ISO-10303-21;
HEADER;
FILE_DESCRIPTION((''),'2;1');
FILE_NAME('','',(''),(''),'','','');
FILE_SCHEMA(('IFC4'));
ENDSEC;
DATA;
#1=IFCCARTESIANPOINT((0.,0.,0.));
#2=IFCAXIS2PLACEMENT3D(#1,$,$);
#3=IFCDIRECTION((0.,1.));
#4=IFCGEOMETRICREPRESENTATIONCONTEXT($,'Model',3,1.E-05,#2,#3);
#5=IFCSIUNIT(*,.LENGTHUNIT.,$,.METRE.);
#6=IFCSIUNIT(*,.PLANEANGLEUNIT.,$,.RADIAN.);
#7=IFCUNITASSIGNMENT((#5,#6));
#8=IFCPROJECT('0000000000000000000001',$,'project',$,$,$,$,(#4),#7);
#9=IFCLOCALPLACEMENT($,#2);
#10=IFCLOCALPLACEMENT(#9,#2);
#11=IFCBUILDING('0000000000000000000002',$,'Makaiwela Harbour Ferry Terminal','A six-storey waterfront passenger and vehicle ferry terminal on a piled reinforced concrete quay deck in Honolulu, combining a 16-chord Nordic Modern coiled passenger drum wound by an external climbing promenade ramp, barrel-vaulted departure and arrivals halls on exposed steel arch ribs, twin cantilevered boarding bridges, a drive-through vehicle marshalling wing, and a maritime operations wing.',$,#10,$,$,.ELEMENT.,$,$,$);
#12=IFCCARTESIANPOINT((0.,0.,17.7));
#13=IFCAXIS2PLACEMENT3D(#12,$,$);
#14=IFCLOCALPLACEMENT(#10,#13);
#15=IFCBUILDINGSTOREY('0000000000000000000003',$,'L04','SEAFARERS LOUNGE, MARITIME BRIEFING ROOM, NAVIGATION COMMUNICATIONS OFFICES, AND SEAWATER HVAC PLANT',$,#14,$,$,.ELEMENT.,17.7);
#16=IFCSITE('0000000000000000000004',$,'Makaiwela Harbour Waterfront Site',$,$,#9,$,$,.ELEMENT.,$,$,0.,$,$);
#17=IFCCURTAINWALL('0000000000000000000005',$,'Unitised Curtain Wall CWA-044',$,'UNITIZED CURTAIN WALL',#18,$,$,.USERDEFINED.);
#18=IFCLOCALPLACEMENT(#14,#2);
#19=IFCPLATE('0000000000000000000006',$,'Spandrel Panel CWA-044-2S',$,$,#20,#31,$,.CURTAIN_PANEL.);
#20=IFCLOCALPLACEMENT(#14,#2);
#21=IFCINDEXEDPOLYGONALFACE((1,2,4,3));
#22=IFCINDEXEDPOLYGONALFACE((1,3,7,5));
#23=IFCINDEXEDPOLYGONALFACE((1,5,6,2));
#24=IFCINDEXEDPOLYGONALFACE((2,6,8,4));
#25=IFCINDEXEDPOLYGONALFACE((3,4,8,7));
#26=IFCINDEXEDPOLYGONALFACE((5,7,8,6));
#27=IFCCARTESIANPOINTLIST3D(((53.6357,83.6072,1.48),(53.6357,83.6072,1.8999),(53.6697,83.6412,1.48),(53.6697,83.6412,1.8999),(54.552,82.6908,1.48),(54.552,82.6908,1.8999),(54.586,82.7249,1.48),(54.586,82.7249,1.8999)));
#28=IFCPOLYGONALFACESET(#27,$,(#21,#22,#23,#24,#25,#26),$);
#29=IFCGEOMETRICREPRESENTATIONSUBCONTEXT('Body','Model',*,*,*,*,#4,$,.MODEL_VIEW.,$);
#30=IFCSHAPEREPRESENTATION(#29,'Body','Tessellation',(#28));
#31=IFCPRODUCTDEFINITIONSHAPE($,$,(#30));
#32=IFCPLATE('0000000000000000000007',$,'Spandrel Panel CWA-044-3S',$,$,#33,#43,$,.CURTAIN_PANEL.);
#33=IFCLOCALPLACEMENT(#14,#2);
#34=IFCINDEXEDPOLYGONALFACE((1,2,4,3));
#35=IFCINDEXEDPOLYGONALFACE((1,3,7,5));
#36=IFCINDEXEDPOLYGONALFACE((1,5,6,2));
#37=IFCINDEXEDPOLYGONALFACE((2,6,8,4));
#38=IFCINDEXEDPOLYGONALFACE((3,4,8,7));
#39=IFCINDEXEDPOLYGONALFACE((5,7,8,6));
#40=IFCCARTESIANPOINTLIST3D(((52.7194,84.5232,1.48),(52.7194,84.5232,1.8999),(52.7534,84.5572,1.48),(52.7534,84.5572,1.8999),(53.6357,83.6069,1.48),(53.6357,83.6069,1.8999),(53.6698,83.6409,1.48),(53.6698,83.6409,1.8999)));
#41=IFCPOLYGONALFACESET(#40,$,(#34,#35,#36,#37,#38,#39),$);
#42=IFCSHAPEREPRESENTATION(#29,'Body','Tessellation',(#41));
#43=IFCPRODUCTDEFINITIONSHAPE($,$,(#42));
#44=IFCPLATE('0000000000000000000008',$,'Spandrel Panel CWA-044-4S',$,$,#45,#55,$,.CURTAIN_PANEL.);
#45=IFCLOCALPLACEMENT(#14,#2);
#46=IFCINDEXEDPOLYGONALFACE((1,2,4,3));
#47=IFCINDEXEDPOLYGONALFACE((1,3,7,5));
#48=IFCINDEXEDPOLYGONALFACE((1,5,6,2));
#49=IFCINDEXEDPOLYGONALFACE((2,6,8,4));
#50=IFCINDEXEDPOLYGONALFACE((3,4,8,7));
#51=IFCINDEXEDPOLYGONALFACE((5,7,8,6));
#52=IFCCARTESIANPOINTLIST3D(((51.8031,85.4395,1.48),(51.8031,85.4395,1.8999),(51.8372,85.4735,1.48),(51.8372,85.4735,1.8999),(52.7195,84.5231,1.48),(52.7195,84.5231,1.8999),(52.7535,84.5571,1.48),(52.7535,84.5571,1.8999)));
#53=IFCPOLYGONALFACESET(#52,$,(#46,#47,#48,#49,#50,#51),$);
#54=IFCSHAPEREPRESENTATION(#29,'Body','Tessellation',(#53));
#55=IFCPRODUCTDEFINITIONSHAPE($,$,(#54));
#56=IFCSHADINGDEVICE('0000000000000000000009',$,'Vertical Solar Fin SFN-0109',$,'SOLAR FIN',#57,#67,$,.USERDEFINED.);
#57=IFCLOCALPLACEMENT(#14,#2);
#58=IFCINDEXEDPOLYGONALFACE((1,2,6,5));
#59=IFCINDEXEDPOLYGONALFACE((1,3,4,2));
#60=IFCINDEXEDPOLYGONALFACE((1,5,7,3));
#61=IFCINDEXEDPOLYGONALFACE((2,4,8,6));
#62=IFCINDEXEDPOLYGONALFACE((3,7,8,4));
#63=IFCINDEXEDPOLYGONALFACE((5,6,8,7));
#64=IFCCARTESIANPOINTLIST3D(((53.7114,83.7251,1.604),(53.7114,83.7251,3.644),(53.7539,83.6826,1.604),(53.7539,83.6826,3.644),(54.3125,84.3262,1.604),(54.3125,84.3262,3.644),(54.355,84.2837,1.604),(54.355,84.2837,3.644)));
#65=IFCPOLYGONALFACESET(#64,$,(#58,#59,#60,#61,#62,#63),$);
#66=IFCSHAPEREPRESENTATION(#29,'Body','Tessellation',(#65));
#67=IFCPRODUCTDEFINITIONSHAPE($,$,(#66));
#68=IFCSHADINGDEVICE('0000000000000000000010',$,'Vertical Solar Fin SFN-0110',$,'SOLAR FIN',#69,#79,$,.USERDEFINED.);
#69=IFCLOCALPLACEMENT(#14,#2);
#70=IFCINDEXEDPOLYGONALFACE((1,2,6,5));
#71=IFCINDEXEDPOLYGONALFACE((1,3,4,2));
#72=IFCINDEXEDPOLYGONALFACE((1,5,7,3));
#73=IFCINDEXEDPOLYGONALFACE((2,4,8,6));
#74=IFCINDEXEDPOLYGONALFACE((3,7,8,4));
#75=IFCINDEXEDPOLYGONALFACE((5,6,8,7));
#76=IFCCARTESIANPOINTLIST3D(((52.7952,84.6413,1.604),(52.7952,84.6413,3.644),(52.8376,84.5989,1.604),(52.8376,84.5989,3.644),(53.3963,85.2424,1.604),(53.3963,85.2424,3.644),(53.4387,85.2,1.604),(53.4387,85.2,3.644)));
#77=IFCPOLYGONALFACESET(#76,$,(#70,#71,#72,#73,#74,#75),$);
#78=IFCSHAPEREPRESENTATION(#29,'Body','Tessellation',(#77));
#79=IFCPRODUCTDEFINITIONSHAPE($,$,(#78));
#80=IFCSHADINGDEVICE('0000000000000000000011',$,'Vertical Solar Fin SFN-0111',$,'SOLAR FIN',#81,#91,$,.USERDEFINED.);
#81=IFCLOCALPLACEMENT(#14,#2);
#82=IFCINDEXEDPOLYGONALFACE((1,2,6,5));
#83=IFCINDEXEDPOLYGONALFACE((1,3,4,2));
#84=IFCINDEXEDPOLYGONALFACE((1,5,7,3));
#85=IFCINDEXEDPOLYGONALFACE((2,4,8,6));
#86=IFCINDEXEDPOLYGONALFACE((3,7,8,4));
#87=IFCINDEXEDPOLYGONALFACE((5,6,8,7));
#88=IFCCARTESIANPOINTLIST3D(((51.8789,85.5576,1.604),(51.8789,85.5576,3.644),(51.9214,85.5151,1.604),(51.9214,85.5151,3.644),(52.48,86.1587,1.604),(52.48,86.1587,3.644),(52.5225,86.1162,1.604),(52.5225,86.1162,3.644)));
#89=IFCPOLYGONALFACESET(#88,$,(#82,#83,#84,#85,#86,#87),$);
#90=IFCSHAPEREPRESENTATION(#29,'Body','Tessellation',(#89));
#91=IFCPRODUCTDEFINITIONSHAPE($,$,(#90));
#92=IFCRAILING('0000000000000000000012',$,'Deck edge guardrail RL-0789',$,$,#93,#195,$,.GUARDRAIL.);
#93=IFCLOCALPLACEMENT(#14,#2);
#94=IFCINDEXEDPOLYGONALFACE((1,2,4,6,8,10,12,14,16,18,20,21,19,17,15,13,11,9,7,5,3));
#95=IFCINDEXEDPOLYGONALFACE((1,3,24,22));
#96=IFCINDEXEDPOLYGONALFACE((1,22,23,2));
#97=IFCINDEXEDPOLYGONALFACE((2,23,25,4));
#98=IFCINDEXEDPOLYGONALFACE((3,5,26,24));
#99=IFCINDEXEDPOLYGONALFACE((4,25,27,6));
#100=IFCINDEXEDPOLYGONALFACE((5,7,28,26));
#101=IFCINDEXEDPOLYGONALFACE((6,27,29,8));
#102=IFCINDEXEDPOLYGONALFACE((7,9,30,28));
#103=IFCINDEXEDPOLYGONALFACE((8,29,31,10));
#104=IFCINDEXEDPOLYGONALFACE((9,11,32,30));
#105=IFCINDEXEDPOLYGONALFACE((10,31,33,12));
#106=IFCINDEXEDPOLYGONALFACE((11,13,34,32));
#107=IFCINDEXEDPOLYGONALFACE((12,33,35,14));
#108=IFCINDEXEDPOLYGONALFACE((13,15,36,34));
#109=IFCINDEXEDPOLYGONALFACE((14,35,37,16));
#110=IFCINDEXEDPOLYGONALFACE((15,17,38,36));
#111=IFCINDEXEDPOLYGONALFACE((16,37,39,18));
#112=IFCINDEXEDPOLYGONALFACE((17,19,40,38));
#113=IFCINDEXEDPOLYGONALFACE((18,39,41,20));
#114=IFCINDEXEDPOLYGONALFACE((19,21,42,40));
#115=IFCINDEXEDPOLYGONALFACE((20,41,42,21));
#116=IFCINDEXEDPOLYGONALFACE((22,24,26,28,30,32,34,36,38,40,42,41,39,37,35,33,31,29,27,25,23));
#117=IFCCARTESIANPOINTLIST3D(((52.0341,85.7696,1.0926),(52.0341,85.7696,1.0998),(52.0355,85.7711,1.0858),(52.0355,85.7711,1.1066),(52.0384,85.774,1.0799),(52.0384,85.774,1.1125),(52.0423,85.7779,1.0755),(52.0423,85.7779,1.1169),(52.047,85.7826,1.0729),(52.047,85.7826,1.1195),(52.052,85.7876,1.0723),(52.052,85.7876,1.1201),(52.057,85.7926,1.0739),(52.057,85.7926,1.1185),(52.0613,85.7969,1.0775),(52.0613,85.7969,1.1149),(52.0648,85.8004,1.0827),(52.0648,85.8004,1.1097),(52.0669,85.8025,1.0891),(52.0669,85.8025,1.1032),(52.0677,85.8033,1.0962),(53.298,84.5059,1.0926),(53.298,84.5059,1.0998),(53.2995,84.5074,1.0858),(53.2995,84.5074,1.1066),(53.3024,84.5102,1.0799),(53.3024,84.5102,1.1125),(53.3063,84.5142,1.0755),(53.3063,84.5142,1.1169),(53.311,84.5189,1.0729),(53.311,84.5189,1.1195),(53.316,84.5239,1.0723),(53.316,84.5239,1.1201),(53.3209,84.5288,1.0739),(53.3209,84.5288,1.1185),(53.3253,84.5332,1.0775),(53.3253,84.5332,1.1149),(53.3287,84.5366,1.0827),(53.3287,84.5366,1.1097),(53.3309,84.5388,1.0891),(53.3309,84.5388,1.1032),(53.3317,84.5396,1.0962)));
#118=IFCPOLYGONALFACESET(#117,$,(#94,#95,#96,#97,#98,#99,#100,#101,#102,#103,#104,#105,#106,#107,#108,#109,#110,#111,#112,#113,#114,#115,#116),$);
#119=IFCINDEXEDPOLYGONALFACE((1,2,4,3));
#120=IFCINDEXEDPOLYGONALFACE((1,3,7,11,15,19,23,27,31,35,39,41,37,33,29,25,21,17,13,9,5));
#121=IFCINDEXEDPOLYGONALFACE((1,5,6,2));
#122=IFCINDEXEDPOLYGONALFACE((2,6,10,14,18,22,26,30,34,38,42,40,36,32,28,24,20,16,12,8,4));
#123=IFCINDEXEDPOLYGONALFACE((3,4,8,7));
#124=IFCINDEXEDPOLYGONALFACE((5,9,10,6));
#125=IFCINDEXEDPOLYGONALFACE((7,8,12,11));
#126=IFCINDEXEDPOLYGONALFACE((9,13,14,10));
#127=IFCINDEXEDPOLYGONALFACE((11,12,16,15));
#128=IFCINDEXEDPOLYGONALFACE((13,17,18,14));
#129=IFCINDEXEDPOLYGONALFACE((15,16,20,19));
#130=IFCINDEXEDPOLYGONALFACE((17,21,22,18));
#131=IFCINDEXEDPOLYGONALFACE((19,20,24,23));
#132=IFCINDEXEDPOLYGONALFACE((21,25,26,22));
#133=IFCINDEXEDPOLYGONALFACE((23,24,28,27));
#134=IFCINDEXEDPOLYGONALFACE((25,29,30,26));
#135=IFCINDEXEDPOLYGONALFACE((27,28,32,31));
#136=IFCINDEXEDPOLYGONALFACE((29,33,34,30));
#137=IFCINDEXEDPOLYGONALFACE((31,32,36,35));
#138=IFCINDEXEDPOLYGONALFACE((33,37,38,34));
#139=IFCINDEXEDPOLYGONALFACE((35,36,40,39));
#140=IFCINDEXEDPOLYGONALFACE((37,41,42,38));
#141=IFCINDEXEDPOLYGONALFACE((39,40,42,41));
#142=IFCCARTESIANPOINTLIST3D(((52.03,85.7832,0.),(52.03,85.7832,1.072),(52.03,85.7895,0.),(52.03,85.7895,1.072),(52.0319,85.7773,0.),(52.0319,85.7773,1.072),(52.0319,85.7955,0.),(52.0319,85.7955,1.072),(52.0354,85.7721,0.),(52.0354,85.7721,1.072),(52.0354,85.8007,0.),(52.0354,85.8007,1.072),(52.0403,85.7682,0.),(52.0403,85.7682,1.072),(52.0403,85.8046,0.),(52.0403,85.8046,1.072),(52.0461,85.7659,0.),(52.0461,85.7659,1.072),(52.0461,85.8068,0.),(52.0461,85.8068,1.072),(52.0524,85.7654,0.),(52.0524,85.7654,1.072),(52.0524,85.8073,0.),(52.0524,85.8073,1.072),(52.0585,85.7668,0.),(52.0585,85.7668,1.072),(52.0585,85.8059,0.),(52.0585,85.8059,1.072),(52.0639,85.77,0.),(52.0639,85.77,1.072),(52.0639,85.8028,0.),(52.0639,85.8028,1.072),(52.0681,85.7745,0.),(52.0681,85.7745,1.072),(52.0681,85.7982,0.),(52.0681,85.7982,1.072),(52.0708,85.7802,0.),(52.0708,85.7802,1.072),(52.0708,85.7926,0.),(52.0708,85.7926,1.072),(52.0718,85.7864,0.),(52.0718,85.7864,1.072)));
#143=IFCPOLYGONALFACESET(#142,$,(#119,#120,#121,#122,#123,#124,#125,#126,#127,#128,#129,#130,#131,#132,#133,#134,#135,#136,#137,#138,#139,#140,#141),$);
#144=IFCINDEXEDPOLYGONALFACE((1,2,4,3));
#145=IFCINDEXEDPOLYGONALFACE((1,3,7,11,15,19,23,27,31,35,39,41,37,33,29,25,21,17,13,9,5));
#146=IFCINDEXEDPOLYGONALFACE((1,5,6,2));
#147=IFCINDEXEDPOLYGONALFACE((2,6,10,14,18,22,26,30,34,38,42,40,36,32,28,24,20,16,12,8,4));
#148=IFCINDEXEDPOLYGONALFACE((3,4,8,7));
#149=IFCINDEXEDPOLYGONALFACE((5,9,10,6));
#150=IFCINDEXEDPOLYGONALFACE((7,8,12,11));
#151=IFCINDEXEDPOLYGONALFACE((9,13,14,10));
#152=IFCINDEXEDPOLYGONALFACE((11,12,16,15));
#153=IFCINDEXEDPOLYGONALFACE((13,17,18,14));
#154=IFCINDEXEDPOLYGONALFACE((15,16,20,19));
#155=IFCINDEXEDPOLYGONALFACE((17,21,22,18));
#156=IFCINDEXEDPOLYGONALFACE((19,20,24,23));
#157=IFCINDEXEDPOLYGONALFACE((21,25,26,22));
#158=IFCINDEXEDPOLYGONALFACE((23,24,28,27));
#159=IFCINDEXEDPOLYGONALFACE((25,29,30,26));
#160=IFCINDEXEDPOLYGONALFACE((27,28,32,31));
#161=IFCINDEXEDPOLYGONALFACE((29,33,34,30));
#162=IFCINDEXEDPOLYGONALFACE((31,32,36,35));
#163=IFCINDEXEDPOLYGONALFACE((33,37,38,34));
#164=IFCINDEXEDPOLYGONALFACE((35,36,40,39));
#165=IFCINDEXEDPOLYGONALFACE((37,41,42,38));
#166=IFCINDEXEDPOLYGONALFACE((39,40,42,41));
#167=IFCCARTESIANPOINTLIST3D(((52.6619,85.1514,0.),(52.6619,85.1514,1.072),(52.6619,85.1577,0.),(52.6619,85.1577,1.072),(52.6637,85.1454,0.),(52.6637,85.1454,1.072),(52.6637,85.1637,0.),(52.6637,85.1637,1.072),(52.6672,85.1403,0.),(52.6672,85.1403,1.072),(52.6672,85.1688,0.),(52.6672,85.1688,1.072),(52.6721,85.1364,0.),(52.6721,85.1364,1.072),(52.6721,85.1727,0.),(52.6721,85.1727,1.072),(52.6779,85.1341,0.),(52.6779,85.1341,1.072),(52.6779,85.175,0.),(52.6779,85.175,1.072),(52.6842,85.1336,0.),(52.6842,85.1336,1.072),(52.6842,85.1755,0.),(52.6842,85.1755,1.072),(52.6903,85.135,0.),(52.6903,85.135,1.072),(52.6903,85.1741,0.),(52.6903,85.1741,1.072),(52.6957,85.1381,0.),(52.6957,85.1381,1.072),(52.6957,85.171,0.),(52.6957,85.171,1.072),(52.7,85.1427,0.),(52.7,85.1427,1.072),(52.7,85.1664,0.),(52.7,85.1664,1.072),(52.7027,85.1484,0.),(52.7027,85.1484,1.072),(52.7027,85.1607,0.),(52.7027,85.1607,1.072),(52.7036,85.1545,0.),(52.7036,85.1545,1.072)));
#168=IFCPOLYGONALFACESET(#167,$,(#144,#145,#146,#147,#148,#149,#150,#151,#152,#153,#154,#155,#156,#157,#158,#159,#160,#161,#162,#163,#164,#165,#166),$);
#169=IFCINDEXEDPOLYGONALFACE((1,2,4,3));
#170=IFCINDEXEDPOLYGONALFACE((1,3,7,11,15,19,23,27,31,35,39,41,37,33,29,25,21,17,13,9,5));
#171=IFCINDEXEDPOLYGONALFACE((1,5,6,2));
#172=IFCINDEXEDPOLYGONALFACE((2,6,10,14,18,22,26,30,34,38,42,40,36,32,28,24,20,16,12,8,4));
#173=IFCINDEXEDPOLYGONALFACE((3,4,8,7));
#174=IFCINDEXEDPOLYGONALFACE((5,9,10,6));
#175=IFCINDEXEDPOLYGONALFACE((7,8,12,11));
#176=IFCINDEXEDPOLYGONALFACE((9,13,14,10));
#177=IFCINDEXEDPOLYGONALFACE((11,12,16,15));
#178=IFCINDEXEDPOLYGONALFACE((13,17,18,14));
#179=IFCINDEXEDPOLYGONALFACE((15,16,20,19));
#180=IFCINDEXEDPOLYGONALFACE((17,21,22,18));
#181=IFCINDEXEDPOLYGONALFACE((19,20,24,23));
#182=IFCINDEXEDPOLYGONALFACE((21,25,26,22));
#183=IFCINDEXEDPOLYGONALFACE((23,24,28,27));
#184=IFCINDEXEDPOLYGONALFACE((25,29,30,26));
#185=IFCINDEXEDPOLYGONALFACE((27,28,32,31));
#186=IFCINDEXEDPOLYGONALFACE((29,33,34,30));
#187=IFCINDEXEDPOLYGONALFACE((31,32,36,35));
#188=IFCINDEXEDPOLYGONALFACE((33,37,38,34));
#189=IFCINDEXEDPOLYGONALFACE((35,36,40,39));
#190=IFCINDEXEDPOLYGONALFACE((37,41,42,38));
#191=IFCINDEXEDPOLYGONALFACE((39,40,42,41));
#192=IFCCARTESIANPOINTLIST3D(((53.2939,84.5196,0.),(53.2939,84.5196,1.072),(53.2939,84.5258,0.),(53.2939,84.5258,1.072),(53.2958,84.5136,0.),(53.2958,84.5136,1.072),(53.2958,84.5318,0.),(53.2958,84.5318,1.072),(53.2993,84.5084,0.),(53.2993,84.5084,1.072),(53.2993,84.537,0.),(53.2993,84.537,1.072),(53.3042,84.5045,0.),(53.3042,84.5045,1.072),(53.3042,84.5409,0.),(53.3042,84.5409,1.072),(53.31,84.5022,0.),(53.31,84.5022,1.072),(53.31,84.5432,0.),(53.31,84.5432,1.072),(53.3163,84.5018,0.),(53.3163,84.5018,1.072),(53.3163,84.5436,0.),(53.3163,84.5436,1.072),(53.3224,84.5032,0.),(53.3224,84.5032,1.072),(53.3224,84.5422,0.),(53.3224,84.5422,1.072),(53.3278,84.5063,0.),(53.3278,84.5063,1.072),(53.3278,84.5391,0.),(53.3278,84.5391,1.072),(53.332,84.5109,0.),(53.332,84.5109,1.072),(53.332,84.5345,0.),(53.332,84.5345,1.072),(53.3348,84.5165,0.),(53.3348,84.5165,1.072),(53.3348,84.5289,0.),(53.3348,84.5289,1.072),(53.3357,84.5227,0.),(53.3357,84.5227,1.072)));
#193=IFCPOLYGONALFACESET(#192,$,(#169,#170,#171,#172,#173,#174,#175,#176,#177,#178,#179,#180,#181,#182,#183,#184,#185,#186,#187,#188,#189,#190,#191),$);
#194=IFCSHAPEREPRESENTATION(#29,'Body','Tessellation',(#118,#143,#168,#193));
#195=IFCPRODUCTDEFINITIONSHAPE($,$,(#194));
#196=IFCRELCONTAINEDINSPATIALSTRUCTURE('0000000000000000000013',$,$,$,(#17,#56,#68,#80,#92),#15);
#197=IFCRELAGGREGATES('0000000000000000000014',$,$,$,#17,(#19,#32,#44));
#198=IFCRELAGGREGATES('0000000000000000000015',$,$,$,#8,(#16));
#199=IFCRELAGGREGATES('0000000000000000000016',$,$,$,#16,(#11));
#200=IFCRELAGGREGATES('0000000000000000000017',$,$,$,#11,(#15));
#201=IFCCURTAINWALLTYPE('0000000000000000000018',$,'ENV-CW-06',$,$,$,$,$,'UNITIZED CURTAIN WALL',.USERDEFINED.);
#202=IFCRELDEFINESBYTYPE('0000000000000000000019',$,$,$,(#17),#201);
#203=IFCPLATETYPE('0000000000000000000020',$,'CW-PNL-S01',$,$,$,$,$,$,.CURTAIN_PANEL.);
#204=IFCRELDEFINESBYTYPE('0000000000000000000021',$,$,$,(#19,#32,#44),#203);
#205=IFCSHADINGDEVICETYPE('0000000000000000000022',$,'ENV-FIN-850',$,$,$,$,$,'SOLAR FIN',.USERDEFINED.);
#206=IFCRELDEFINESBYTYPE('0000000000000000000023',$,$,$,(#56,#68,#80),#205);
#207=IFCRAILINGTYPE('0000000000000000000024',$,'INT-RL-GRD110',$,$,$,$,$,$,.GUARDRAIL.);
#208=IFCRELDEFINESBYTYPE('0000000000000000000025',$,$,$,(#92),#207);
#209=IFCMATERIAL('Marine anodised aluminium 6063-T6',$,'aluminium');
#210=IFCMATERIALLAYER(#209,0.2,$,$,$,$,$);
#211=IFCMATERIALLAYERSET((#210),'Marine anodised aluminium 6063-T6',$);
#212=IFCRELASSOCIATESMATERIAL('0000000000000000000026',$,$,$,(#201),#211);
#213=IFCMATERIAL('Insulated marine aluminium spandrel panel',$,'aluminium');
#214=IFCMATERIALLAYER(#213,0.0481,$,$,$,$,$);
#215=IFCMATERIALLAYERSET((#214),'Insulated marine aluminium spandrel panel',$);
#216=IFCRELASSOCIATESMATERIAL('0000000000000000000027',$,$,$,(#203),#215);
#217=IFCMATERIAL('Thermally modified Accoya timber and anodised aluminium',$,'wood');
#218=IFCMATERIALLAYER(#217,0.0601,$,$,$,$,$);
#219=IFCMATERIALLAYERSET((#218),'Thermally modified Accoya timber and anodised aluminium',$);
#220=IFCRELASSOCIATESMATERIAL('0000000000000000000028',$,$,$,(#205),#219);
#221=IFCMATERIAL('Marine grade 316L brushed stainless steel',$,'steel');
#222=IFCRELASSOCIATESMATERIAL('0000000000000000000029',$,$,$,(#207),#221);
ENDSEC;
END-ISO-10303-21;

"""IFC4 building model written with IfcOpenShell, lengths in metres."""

from ifc_helpers import new_model, si_unit, direction, frame, origin, origin_2d, place, context, subcontext, project, spatial, rectangle, circle, extrude, material, layer, layer_set, type_object, element, aggregate, save


model = new_model("IFC4")

# Units and contexts
model_context = context("Model", 3, precision=1e-05, world=origin(), true_north=direction((0.0, 1.0)))
body_context = subcontext(model_context, "Body", "Model", "MODEL_VIEW")
ifc_project = project(units=[si_unit("LENGTHUNIT", "METRE"), si_unit("PLANEANGLEUNIT", "RADIAN")], contexts=[model_context])

# Site, building, storey
site_placement = place(None, origin())
site = spatial("IfcSite", under=ifc_project, at=site_placement, Name="Makaiwela Harbour Waterfront Site", CompositionType="ELEMENT", RefElevation=0.0)
building_placement = place(site_placement, origin())
building = spatial("IfcBuilding", under=site, at=building_placement, Name="Makaiwela Harbour Ferry Terminal", Description="A six-storey waterfront passenger and vehicle ferry terminal on a piled reinforced concrete quay deck in Honolulu, combining a 16-chord Nordic Modern coiled passenger drum wound by an external climbing promenade ramp, barrel-vaulted departure and arrivals halls on exposed steel arch ribs, twin cantilevered boarding bridges, a drive-through vehicle marshalling wing, and a maritime operations wing.", CompositionType="ELEMENT")
storey_placement = place(building_placement, frame((0.0, 0.0, 17.7)))
storey = spatial("IfcBuildingStorey", under=building, at=storey_placement, Name="L04", Description="SEAFARERS LOUNGE, MARITIME BRIEFING ROOM, NAVIGATION COMMUNICATIONS OFFICES, AND SEAWATER HVAC PLANT", CompositionType="ELEMENT", Elevation=17.7)

# Curtain wall, plates
ifc_material_1 = material(Name="Marine anodised aluminium 6063-T6", Category="aluminium")
ifc_layer_1 = layer(ifc_material_1, 0.2)
ifc_layer_set_1 = layer_set([ifc_layer_1], Name="Marine anodised aluminium 6063-T6")
curtain_wall_type = type_object("IfcCurtainWallType", Name="ENV-CW-06", ElementType="UNITIZED CURTAIN WALL", PredefinedType="USERDEFINED", material=ifc_layer_set_1)
curtain_wall_placement = place(storey_placement, origin())
curtain_wall = element("IfcCurtainWall", 1, at=curtain_wall_placement, inside=storey, type_object=curtain_wall_type, Name="Unitised Curtain Wall CWA-044", ObjectType="UNITIZED CURTAIN WALL", PredefinedType="USERDEFINED")
ifc_material_2 = material(Name="Insulated marine aluminium spandrel panel", Category="aluminium")
ifc_layer_2 = layer(ifc_material_2, 0.0481)
ifc_layer_set_2 = layer_set([ifc_layer_2], Name="Insulated marine aluminium spandrel panel")
plate_type_1 = type_object("IfcPlateType", Name="CW-PNL-S01", PredefinedType="CURTAIN_PANEL", material=ifc_layer_set_2)
plate_1_placement = place(storey_placement, frame((54.1108, 83.166, 1.48), z_axis=(0.0, 0.0, 1.0), x_axis=(-0.707107, 0.707107, 0.0)))
plate_1 = element("IfcPlate", 2, at=plate_1_placement, type_object=plate_type_1, Name="Spandrel Panel CWA-044-2S", PredefinedType="CURTAIN_PANEL", context=body_context, shape_type="SweptSolid", body=[
    extrude(rectangle(XDim=1.2959, YDim=0.0481, at=origin_2d()), origin(), (0.0, 0.0, 1.0), 0.4199),
])
plate_2_placement = place(storey_placement, frame((53.1946, 84.082, 1.48), z_axis=(0.0, 0.0, 1.0), x_axis=(-0.707107, 0.707107, 0.0)))
plate_2 = element("IfcPlate", 3, at=plate_2_placement, type_object=plate_type_1, Name="Spandrel Panel CWA-044-3S", PredefinedType="CURTAIN_PANEL", context=body_context, shape_type="SweptSolid", body=[
    extrude(rectangle(XDim=1.2959, YDim=0.0481, at=origin_2d()), origin(), (0.0, 0.0, 1.0), 0.4199),
])
plate_3_placement = place(storey_placement, frame((52.2783, 84.9983, 1.48), z_axis=(0.0, 0.0, 1.0), x_axis=(-0.707107, 0.707107, 0.0)))
plate_3 = element("IfcPlate", 4, at=plate_3_placement, type_object=plate_type_1, Name="Spandrel Panel CWA-044-4S", PredefinedType="CURTAIN_PANEL", context=body_context, shape_type="SweptSolid", body=[
    extrude(rectangle(XDim=1.2959, YDim=0.0481, at=origin_2d()), origin(), (0.0, 0.0, 1.0), 0.4199),
])
aggregate(curtain_wall, [plate_1, plate_2, plate_3])

# Shading devices
ifc_material_3 = material(Name="Thermally modified Accoya timber and anodised aluminium", Category="wood")
ifc_layer_3 = layer(ifc_material_3, 0.0601)
ifc_layer_set_3 = layer_set([ifc_layer_3], Name="Thermally modified Accoya timber and anodised aluminium")
shading_device_type = type_object("IfcShadingDeviceType", Name="ENV-FIN-850", ElementType="SOLAR FIN", PredefinedType="USERDEFINED", material=ifc_layer_set_3)
for number, where, z_axis, x_axis, name in (
    (5, (54.0332, 84.0044, 1.604), (0.0, 0.0, 1.0), (0.707107, 0.707107, 0.0), "Vertical Solar Fin SFN-0109"),
    (6, (53.1169, 84.9207, 1.604), (0.0, 0.0, 1.0), (0.707107, 0.707107, 0.0), "Vertical Solar Fin SFN-0110"),
    (7, (52.2007, 85.8369, 1.604), (0.0, 0.0, 1.0), (0.707107, 0.707107, 0.0), "Vertical Solar Fin SFN-0111"),
):
    element("IfcShadingDevice", number, at=place(storey_placement, frame(where, z_axis=z_axis, x_axis=x_axis)), inside=storey, type_object=shading_device_type, Name=name, ObjectType="SOLAR FIN", PredefinedType="USERDEFINED", context=body_context, shape_type="SweptSolid", body=[
        extrude(rectangle(XDim=0.8501, YDim=0.0601, at=origin_2d()), origin(), (0.0, 0.0, 1.0), 2.04),
    ])

# Railing
ifc_material_4 = material(Name="Marine grade 316L brushed stainless steel", Category="steel")
railing_type = type_object("IfcRailingType", Name="INT-RL-GRD110", PredefinedType="GUARDRAIL", material=ifc_material_4)
railing_placement = place(storey_placement, frame((52.0508, 85.7864, 0.0)))
element("IfcRailing", 8, at=railing_placement, inside=storey, type_object=railing_type, Name="Deck edge guardrail RL-0789", PredefinedType="GUARDRAIL", context=body_context, shape_type="SweptSolid", body=[
    extrude(circle(Radius=0.0239, at=origin_2d()), frame((0.0, 0.0, 1.0962), z_axis=(0.707175, -0.707038, 0.0), x_axis=(0.707038, 0.707175, 0.0)), (0.0, 0.0, 1.0), 1.7874),
    extrude(circle(Radius=0.021, at=origin_2d()), origin(), (0.0, 0.0, 1.0), 1.072),
    extrude(circle(Radius=0.021, at=origin_2d()), frame((0.6318, -0.6318, 0.0)), (0.0, 0.0, 1.0), 1.072),
    extrude(circle(Radius=0.021, at=origin_2d()), frame((1.2639, -1.2637, 0.0)), (0.0, 0.0, 1.0), 1.072),
])

save(model, "model.ifc")
